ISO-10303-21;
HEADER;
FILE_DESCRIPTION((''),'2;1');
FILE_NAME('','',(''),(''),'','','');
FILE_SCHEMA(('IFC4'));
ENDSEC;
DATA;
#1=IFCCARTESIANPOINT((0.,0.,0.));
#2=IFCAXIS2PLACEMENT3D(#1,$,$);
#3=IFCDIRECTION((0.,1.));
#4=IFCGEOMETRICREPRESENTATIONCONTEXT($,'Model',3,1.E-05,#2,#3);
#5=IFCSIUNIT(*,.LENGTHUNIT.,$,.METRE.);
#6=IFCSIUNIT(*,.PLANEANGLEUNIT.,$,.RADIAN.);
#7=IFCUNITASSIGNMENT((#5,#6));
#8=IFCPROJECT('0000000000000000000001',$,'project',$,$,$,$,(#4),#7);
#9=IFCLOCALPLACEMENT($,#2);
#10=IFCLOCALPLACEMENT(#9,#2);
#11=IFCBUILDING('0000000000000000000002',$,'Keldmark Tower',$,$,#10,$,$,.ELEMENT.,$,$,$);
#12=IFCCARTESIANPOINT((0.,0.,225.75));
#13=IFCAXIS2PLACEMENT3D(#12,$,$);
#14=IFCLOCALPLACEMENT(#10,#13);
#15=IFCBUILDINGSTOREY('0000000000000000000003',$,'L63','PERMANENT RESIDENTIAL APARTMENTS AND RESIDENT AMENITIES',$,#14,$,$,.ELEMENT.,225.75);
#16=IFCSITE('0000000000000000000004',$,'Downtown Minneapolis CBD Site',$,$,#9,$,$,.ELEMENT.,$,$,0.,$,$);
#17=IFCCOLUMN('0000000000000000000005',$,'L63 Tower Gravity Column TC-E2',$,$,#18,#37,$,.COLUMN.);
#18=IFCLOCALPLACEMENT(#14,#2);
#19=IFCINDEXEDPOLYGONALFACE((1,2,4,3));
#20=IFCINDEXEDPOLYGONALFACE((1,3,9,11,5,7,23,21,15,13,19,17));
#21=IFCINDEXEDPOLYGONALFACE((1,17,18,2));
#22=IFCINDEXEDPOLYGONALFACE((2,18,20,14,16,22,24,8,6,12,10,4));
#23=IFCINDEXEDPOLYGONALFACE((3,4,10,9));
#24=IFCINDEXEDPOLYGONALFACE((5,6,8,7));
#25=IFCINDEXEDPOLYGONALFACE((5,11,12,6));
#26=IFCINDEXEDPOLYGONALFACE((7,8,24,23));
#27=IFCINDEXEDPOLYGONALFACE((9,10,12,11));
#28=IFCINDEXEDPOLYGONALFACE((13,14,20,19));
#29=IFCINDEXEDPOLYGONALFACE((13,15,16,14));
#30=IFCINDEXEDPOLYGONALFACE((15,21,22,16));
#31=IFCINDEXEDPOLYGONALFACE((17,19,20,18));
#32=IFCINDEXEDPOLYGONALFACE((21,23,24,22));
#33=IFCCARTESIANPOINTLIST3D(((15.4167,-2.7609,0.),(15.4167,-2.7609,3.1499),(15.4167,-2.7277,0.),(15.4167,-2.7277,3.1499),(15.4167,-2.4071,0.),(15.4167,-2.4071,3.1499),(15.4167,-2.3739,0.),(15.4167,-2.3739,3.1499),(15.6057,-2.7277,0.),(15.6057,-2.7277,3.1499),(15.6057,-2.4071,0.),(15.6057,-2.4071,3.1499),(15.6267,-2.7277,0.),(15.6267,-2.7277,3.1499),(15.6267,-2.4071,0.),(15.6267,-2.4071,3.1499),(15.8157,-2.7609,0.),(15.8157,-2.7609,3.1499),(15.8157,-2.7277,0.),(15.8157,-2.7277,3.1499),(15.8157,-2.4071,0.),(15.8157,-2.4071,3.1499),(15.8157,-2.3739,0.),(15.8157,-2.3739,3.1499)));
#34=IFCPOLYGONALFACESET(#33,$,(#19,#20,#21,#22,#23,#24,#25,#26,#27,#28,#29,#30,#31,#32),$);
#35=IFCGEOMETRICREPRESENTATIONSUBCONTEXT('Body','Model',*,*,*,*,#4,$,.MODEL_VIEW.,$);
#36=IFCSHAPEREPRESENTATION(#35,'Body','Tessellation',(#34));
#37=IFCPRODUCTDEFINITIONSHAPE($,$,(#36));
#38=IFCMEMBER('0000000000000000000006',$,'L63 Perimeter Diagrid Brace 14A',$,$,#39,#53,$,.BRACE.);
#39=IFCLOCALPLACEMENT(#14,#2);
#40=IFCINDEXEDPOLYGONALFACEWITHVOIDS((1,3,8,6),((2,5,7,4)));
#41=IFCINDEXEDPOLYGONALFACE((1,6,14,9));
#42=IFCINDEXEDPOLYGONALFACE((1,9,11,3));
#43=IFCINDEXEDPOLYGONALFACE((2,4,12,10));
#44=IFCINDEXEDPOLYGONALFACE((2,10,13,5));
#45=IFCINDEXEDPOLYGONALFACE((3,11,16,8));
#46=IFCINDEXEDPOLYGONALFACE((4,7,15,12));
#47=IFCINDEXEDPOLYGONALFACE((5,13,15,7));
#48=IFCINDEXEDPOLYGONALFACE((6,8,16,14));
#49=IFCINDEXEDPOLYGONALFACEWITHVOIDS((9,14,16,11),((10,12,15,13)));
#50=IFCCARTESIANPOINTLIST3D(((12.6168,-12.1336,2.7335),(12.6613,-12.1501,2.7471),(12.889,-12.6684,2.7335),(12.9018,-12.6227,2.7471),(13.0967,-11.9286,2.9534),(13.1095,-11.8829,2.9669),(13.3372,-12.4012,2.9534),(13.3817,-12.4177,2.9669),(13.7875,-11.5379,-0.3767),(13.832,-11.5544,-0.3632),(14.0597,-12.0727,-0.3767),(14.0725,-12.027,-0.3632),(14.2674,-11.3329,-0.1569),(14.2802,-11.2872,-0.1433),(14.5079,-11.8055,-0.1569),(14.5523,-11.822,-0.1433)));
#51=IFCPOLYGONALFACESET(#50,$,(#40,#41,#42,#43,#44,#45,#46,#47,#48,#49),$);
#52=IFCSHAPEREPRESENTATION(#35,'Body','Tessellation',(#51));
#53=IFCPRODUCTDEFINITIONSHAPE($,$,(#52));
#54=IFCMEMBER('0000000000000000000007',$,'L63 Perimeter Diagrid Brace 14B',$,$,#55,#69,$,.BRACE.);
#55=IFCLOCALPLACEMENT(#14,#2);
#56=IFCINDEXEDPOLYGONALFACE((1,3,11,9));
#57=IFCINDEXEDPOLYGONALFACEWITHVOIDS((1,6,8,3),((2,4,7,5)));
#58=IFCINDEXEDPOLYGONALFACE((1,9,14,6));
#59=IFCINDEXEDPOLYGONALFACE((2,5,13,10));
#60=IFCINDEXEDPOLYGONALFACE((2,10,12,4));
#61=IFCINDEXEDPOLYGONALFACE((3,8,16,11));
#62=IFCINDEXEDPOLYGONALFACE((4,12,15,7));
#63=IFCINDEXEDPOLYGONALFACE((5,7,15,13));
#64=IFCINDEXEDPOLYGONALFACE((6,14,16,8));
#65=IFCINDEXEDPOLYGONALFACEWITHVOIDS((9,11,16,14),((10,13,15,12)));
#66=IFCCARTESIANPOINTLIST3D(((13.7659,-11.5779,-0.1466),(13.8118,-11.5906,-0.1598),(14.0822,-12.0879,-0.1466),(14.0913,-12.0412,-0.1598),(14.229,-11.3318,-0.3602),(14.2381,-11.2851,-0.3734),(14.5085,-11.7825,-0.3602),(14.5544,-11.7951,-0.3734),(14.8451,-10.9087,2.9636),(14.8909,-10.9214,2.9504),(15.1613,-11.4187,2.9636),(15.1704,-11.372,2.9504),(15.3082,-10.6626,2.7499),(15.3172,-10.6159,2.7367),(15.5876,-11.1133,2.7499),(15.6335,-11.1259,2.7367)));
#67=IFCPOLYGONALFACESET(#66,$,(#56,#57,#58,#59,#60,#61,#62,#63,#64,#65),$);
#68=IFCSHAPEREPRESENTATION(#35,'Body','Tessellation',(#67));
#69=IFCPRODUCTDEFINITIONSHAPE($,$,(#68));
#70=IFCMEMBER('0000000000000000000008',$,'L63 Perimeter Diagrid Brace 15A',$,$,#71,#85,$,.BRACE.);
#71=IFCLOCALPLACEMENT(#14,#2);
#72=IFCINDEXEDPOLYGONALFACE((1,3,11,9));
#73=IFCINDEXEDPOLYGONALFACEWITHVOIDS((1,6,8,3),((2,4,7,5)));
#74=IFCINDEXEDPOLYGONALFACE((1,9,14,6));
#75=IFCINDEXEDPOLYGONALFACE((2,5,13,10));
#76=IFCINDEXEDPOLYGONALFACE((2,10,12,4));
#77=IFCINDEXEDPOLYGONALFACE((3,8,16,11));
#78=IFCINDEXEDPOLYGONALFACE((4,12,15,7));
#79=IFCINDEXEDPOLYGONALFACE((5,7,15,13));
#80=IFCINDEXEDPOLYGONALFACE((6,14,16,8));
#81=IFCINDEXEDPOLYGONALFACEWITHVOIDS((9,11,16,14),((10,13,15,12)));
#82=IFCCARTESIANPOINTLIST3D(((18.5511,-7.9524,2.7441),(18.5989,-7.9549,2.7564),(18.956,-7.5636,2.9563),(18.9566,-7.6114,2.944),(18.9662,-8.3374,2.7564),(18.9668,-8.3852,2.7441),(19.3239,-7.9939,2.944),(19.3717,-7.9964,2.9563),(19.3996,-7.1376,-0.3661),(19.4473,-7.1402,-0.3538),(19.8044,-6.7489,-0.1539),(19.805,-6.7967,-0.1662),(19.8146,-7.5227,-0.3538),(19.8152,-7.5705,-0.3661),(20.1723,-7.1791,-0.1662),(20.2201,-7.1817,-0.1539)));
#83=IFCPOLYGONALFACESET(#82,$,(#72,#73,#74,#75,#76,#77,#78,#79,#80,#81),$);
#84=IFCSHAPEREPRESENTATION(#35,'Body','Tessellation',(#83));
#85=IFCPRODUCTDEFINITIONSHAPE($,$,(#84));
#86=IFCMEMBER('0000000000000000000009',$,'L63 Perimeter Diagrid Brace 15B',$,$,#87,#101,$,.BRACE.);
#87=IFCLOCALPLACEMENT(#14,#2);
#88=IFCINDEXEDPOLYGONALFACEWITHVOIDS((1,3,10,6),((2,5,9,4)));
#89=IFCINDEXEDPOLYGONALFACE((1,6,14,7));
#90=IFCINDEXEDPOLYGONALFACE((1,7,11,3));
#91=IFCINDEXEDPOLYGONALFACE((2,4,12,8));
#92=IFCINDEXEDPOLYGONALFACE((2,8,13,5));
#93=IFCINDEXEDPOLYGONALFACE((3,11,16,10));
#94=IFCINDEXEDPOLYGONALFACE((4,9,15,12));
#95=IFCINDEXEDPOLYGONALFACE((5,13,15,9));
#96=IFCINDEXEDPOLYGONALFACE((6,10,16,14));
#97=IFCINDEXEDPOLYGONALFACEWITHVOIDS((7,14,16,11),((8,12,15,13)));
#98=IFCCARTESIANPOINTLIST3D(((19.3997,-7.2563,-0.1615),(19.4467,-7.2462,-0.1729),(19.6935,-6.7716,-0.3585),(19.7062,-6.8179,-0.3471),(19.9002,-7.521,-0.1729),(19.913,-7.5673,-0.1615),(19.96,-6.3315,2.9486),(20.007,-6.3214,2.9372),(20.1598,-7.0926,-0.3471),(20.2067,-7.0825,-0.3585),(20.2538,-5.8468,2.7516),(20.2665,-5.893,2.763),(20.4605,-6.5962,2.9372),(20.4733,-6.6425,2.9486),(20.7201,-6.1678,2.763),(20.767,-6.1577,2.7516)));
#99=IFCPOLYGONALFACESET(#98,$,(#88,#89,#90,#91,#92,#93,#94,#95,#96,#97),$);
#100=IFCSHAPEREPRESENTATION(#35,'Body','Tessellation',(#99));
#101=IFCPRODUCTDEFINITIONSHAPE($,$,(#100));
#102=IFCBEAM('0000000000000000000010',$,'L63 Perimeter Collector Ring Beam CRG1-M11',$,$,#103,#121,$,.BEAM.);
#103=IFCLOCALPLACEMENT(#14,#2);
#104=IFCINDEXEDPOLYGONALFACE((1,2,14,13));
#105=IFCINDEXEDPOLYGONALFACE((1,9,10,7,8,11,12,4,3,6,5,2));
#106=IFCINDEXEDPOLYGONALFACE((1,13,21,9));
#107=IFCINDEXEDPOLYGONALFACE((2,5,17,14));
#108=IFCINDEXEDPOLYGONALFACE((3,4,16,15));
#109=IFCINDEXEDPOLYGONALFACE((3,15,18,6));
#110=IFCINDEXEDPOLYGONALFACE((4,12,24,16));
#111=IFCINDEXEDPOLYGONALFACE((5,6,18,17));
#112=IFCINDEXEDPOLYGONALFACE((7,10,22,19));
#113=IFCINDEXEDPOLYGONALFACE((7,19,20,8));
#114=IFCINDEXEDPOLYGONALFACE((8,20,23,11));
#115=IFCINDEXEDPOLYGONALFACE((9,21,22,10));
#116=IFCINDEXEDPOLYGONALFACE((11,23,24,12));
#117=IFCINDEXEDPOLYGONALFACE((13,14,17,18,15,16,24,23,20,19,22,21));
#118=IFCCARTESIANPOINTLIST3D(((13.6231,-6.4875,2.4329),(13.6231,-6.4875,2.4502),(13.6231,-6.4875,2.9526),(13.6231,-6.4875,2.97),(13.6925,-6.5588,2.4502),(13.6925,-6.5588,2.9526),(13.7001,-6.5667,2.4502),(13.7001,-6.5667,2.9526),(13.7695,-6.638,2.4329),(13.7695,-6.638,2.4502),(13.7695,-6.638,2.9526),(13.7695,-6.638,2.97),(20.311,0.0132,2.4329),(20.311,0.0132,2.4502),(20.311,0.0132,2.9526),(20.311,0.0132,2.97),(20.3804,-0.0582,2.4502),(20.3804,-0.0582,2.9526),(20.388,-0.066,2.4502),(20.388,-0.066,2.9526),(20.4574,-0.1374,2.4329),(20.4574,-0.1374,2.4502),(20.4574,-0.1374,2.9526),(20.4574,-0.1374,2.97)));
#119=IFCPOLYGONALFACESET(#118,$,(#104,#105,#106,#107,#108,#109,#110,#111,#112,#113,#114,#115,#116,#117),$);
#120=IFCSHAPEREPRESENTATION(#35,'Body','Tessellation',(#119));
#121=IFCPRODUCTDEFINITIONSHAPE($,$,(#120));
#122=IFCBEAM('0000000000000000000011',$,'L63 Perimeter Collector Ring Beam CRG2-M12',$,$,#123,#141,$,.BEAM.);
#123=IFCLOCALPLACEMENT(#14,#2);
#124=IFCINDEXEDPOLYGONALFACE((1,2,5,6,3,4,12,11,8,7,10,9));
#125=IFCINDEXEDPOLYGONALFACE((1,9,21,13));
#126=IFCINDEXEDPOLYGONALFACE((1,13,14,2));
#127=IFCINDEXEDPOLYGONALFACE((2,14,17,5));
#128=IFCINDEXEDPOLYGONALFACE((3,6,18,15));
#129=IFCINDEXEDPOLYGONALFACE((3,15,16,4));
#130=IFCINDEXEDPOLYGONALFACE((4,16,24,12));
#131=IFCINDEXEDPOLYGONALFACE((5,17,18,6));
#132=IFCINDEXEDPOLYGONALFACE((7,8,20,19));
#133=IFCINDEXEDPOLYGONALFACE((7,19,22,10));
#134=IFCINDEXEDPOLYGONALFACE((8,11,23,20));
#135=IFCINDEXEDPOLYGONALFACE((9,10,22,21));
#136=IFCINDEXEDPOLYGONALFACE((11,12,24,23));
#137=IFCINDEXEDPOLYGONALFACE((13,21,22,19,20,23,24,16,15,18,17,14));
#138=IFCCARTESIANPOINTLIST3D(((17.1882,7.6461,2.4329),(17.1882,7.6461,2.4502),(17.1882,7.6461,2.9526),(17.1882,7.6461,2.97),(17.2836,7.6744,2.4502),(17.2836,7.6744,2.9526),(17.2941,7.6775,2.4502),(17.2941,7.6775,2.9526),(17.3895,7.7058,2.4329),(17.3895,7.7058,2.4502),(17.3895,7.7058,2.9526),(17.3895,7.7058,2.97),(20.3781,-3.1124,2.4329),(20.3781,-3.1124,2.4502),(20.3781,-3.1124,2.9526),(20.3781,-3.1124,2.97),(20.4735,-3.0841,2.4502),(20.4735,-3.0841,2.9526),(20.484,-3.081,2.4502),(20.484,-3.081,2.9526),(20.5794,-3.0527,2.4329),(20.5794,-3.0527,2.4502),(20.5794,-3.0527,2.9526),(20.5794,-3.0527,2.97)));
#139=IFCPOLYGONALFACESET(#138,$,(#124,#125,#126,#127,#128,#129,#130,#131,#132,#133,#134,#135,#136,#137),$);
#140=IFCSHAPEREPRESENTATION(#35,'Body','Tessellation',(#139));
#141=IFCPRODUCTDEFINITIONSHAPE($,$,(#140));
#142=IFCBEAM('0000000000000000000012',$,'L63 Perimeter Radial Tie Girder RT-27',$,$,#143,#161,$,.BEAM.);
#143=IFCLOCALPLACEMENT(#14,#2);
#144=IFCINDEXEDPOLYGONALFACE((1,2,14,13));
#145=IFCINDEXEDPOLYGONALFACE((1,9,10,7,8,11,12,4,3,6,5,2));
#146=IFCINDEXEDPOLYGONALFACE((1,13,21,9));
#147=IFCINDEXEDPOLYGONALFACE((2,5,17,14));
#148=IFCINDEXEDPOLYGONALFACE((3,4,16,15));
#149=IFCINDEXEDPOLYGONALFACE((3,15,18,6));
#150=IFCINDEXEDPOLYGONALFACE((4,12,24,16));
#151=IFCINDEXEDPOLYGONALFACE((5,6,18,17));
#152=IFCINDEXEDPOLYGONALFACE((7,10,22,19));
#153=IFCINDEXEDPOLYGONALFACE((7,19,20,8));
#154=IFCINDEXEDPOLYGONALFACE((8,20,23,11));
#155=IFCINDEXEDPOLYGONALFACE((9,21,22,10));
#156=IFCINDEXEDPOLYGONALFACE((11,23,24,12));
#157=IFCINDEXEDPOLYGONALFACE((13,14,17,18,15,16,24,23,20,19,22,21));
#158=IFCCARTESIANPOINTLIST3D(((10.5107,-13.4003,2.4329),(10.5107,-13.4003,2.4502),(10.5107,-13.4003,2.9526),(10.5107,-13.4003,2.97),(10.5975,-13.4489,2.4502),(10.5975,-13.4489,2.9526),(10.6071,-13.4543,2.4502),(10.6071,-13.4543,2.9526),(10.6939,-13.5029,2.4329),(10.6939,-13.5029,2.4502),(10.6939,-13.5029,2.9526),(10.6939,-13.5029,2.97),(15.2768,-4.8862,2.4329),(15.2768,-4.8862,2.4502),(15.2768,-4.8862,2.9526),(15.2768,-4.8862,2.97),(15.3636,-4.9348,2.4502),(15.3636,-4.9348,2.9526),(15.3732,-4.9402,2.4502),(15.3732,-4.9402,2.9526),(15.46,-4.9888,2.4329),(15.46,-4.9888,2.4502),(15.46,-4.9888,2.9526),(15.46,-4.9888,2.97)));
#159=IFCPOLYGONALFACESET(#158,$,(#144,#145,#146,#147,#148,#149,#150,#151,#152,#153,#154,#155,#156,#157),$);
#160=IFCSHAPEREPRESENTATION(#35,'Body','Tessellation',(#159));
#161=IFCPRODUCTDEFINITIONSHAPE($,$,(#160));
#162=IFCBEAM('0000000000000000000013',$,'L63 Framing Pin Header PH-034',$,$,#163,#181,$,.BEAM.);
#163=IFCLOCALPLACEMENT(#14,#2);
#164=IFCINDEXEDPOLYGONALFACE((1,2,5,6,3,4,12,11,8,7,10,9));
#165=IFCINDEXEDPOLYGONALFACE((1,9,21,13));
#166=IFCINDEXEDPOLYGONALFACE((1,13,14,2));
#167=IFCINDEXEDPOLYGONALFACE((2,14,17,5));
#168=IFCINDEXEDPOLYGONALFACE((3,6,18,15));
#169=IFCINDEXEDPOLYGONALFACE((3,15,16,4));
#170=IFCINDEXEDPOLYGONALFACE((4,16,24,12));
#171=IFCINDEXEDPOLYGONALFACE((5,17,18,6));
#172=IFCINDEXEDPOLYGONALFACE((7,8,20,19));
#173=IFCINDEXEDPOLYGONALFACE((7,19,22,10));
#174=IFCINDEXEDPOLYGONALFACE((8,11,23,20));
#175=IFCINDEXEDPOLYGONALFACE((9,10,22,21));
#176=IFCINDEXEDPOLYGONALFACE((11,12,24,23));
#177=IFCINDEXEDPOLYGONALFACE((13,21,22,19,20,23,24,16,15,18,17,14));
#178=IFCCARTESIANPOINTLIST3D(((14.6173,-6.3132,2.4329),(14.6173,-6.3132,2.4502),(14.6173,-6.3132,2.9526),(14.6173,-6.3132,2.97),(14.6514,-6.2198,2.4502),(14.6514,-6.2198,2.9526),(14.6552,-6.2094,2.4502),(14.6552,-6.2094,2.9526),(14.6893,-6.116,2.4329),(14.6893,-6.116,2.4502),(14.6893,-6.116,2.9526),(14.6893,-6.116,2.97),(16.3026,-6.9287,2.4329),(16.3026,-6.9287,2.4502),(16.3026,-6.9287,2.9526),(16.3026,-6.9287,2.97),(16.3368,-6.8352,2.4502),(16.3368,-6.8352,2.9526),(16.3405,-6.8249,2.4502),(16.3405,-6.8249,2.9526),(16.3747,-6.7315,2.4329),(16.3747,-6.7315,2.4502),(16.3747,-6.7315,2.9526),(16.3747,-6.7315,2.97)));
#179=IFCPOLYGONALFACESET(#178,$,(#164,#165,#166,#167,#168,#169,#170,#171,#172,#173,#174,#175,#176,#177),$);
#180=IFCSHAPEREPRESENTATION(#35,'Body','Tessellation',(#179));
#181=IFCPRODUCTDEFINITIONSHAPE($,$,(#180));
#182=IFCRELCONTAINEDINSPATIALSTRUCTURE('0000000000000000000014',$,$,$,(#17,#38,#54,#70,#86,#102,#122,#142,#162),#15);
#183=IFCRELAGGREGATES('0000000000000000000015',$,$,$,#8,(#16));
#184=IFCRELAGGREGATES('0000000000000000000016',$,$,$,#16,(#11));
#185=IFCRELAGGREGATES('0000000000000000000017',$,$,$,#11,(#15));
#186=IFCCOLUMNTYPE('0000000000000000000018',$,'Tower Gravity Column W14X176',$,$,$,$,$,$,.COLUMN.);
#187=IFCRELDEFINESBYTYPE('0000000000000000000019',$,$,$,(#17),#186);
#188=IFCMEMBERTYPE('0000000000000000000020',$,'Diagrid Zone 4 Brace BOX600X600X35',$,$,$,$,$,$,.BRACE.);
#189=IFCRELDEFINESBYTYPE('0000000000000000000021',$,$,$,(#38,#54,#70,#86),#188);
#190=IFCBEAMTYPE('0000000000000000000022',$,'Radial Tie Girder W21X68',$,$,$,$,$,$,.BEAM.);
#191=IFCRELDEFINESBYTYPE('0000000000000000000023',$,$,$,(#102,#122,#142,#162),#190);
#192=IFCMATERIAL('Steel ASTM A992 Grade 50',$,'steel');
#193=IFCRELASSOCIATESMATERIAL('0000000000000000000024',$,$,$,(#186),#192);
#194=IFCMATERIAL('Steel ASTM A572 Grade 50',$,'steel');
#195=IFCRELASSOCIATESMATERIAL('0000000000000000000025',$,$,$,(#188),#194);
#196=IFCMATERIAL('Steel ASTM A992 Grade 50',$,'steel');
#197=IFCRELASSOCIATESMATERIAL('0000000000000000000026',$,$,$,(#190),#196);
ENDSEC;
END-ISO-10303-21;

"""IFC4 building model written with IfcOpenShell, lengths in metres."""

from ifc_helpers import new_model, si_unit, direction, frame, origin, origin_2d, place, context, subcontext, project, spatial, hollow_rectangle, i_section, extrude, material, material_profile, profile_set, type_object, element, save


model = new_model("IFC4")

# Units and contexts
model_context = context("Model", 3, precision=1e-05, world=origin(), true_north=direction((0.0, 1.0)))
body_context = subcontext(model_context, "Body", "Model", "MODEL_VIEW")
ifc_project = project(units=[si_unit("LENGTHUNIT", "METRE"), si_unit("PLANEANGLEUNIT", "RADIAN")], contexts=[model_context])

# Site, building, storey
site_placement = place(None, origin())
site = spatial("IfcSite", under=ifc_project, at=site_placement, Name="Downtown Minneapolis CBD Site", CompositionType="ELEMENT", RefElevation=0.0)
building_placement = place(site_placement, origin())
building = spatial("IfcBuilding", under=site, at=building_placement, Name="Keldmark Tower", CompositionType="ELEMENT")
storey_placement = place(building_placement, frame((0.0, 0.0, 225.75)))
storey = spatial("IfcBuildingStorey", under=building, at=storey_placement, Name="L63", Description="PERMANENT RESIDENTIAL APARTMENTS AND RESIDENT AMENITIES", CompositionType="ELEMENT", Elevation=225.75)

# Column
ifc_material_1 = material(Name="Steel ASTM A992 Grade 50", Category="steel")
ifc_material_profile_1 = material_profile(ifc_material_1, i_section(OverallWidth=0.3989, OverallDepth=0.387, WebThickness=0.021, FlangeThickness=0.0332, at=origin_2d()), Name="W14X176")
ifc_profile_set_1 = profile_set([ifc_material_profile_1], Name="Steel ASTM A992 Grade 50")
column_type = type_object("IfcColumnType", Name="Tower Gravity Column W14X176", PredefinedType="COLUMN", material=ifc_profile_set_1)
column_placement = place(storey_placement, frame((15.6162, -2.5674, 0.0), z_axis=(0.0, 0.0, 1.0), x_axis=(1.0, 0.0, 0.0)))
element("IfcColumn", 1, at=column_placement, inside=storey, type_object=column_type, Name="L63 Tower Gravity Column TC-E2", PredefinedType="COLUMN", context=body_context, shape_type="SweptSolid", body=[
    extrude(i_section(OverallWidth=0.3989, OverallDepth=0.387, WebThickness=0.021, FlangeThickness=0.0332, at=origin_2d()), origin(), (0.0, 0.0, 1.0), 3.1499),
])

# Members
ifc_material_2 = material(Name="Steel ASTM A572 Grade 50", Category="steel")
ifc_material_profile_2 = material_profile(ifc_material_2, hollow_rectangle(XDim=0.6001, YDim=0.6001, WallThickness=0.0349, at=origin_2d()), Name="BOX600X600X35")
ifc_profile_set_2 = profile_set([ifc_material_profile_2], Name="Steel ASTM A572 Grade 50")
member_type = type_object("IfcMemberType", Name="Diagrid Zone 4 Brace BOX600X600X35", PredefinedType="BRACE", material=ifc_profile_set_2)
member_1_placement = place(storey_placement, frame((14.1699, -11.6799, -0.26), z_axis=(-0.346747, -0.176447, 0.921213), x_axis=(0.453522, -0.891245, 0.0)))
element("IfcMember", 2, at=member_1_placement, inside=storey, type_object=member_type, Name="L63 Perimeter Diagrid Brace 14A", PredefinedType="BRACE", context=body_context, shape_type="SweptSolid", body=[
    extrude(hollow_rectangle(XDim=0.6001, YDim=0.6001, WallThickness=0.0349, at=origin_2d()), origin(), (0.0, 0.0, 1.0), 3.3762),
])
member_2_placement = place(storey_placement, frame((14.1602, -11.6865, -0.26), z_axis=(0.321226, 0.199204, 0.925814), x_axis=(-0.527023, 0.849851, 0.0)))
element("IfcMember", 3, at=member_2_placement, inside=storey, type_object=member_type, Name="L63 Perimeter Diagrid Brace 14B", PredefinedType="BRACE", context=body_context, shape_type="SweptSolid", body=[
    extrude(hollow_rectangle(XDim=0.6001, YDim=0.6001, WallThickness=0.0349, at=origin_2d()), origin(), (0.0, 0.0, 1.0), 3.3594),
])
member_3_placement = place(storey_placement, frame((19.8098, -7.1597, -0.26), z_axis=(-0.255147, -0.245015, 0.935344), x_axis=(0.69264, -0.721284, 0.0)))
element("IfcMember", 4, at=member_3_placement, inside=storey, type_object=member_type, Name="L63 Perimeter Diagrid Brace 15A", PredefinedType="BRACE", context=body_context, shape_type="SweptSolid", body=[
    extrude(hollow_rectangle(XDim=0.6001, YDim=0.6001, WallThickness=0.0349, at=origin_2d()), origin(), (0.0, 0.0, 1.0), 3.3252),
])
member_4_placement = place(storey_placement, frame((19.8032, -7.1694, -0.26), z_axis=(0.170164, 0.280864, 0.944542), x_axis=(-0.855274, 0.518177, 0.0)))
element("IfcMember", 5, at=member_4_placement, inside=storey, type_object=member_type, Name="L63 Perimeter Diagrid Brace 15B", PredefinedType="BRACE", context=body_context, shape_type="SweptSolid", body=[
    extrude(hollow_rectangle(XDim=0.6001, YDim=0.6001, WallThickness=0.0349, at=origin_2d()), origin(), (0.0, 0.0, 1.0), 3.2927),
])

# Beams
ifc_material_3 = material(Name="Steel ASTM A992 Grade 50", Category="steel")
ifc_material_profile_3 = material_profile(ifc_material_3, i_section(OverallWidth=0.21, OverallDepth=0.5371, WebThickness=0.011, FlangeThickness=0.0173, at=origin_2d()), Name="W21X68")
ifc_profile_set_3 = profile_set([ifc_material_profile_3], Name="Steel ASTM A992 Grade 50")
beam_type_1 = type_object("IfcBeamType", Name="Radial Tie Girder W21X68", PredefinedType="BEAM", material=ifc_profile_set_3)
beam_1_placement = place(storey_placement, frame((13.6963, -6.5627, 2.7014), z_axis=(0.717074, 0.696997, 0.0), x_axis=(-0.696997, 0.717074, 0.0)))
element("IfcBeam", 6, at=beam_1_placement, inside=storey, type_object=beam_type_1, Name="L63 Perimeter Collector Ring Beam CRG1-M11", PredefinedType="BEAM", context=body_context, shape_type="SweptSolid", body=[
    extrude(i_section(OverallWidth=0.21, OverallDepth=0.5371, WebThickness=0.011, FlangeThickness=0.0173, at=origin_2d()), origin(), (0.0, 0.0, 1.0), 9.3267),
])
beam_2_placement = place(storey_placement, frame((20.4788, -3.0825, 2.7014), z_axis=(-0.284271, 0.958744, 0.0), x_axis=(-0.958744, -0.284271, 0.0)))
element("IfcBeam", 7, at=beam_2_placement, inside=storey, type_object=beam_type_1, Name="L63 Perimeter Collector Ring Beam CRG2-M12", PredefinedType="BEAM", context=body_context, shape_type="SweptSolid", body=[
    extrude(i_section(OverallWidth=0.21, OverallDepth=0.5371, WebThickness=0.011, FlangeThickness=0.0173, at=origin_2d()), origin(), (0.0, 0.0, 1.0), 11.2214),
])
beam_3_placement = place(storey_placement, frame((15.3684, -4.9375, 2.7014), z_axis=(-0.488462, -0.872585, 0.0), x_axis=(0.872585, -0.488462, 0.0)))
element("IfcBeam", 8, at=beam_3_placement, inside=storey, type_object=beam_type_1, Name="L63 Perimeter Radial Tie Girder RT-27", PredefinedType="BEAM", context=body_context, shape_type="SweptSolid", body=[
    extrude(i_section(OverallWidth=0.21, OverallDepth=0.5371, WebThickness=0.011, FlangeThickness=0.0173, at=origin_2d()), origin(), (0.0, 0.0, 1.0), 9.7573),
])
beam_4_placement = place(storey_placement, frame((14.6533, -6.2146, 2.7014), z_axis=(0.93932, -0.343043, 0.0), x_axis=(0.343043, 0.93932, 0.0)))
element("IfcBeam", 9, at=beam_4_placement, inside=storey, type_object=beam_type_1, Name="L63 Framing Pin Header PH-034", PredefinedType="BEAM", context=body_context, shape_type="SweptSolid", body=[
    extrude(i_section(OverallWidth=0.21, OverallDepth=0.5371, WebThickness=0.011, FlangeThickness=0.0173, at=origin_2d()), origin(), (0.0, 0.0, 1.0), 1.7942),
])

save(model, "model.ifc")
